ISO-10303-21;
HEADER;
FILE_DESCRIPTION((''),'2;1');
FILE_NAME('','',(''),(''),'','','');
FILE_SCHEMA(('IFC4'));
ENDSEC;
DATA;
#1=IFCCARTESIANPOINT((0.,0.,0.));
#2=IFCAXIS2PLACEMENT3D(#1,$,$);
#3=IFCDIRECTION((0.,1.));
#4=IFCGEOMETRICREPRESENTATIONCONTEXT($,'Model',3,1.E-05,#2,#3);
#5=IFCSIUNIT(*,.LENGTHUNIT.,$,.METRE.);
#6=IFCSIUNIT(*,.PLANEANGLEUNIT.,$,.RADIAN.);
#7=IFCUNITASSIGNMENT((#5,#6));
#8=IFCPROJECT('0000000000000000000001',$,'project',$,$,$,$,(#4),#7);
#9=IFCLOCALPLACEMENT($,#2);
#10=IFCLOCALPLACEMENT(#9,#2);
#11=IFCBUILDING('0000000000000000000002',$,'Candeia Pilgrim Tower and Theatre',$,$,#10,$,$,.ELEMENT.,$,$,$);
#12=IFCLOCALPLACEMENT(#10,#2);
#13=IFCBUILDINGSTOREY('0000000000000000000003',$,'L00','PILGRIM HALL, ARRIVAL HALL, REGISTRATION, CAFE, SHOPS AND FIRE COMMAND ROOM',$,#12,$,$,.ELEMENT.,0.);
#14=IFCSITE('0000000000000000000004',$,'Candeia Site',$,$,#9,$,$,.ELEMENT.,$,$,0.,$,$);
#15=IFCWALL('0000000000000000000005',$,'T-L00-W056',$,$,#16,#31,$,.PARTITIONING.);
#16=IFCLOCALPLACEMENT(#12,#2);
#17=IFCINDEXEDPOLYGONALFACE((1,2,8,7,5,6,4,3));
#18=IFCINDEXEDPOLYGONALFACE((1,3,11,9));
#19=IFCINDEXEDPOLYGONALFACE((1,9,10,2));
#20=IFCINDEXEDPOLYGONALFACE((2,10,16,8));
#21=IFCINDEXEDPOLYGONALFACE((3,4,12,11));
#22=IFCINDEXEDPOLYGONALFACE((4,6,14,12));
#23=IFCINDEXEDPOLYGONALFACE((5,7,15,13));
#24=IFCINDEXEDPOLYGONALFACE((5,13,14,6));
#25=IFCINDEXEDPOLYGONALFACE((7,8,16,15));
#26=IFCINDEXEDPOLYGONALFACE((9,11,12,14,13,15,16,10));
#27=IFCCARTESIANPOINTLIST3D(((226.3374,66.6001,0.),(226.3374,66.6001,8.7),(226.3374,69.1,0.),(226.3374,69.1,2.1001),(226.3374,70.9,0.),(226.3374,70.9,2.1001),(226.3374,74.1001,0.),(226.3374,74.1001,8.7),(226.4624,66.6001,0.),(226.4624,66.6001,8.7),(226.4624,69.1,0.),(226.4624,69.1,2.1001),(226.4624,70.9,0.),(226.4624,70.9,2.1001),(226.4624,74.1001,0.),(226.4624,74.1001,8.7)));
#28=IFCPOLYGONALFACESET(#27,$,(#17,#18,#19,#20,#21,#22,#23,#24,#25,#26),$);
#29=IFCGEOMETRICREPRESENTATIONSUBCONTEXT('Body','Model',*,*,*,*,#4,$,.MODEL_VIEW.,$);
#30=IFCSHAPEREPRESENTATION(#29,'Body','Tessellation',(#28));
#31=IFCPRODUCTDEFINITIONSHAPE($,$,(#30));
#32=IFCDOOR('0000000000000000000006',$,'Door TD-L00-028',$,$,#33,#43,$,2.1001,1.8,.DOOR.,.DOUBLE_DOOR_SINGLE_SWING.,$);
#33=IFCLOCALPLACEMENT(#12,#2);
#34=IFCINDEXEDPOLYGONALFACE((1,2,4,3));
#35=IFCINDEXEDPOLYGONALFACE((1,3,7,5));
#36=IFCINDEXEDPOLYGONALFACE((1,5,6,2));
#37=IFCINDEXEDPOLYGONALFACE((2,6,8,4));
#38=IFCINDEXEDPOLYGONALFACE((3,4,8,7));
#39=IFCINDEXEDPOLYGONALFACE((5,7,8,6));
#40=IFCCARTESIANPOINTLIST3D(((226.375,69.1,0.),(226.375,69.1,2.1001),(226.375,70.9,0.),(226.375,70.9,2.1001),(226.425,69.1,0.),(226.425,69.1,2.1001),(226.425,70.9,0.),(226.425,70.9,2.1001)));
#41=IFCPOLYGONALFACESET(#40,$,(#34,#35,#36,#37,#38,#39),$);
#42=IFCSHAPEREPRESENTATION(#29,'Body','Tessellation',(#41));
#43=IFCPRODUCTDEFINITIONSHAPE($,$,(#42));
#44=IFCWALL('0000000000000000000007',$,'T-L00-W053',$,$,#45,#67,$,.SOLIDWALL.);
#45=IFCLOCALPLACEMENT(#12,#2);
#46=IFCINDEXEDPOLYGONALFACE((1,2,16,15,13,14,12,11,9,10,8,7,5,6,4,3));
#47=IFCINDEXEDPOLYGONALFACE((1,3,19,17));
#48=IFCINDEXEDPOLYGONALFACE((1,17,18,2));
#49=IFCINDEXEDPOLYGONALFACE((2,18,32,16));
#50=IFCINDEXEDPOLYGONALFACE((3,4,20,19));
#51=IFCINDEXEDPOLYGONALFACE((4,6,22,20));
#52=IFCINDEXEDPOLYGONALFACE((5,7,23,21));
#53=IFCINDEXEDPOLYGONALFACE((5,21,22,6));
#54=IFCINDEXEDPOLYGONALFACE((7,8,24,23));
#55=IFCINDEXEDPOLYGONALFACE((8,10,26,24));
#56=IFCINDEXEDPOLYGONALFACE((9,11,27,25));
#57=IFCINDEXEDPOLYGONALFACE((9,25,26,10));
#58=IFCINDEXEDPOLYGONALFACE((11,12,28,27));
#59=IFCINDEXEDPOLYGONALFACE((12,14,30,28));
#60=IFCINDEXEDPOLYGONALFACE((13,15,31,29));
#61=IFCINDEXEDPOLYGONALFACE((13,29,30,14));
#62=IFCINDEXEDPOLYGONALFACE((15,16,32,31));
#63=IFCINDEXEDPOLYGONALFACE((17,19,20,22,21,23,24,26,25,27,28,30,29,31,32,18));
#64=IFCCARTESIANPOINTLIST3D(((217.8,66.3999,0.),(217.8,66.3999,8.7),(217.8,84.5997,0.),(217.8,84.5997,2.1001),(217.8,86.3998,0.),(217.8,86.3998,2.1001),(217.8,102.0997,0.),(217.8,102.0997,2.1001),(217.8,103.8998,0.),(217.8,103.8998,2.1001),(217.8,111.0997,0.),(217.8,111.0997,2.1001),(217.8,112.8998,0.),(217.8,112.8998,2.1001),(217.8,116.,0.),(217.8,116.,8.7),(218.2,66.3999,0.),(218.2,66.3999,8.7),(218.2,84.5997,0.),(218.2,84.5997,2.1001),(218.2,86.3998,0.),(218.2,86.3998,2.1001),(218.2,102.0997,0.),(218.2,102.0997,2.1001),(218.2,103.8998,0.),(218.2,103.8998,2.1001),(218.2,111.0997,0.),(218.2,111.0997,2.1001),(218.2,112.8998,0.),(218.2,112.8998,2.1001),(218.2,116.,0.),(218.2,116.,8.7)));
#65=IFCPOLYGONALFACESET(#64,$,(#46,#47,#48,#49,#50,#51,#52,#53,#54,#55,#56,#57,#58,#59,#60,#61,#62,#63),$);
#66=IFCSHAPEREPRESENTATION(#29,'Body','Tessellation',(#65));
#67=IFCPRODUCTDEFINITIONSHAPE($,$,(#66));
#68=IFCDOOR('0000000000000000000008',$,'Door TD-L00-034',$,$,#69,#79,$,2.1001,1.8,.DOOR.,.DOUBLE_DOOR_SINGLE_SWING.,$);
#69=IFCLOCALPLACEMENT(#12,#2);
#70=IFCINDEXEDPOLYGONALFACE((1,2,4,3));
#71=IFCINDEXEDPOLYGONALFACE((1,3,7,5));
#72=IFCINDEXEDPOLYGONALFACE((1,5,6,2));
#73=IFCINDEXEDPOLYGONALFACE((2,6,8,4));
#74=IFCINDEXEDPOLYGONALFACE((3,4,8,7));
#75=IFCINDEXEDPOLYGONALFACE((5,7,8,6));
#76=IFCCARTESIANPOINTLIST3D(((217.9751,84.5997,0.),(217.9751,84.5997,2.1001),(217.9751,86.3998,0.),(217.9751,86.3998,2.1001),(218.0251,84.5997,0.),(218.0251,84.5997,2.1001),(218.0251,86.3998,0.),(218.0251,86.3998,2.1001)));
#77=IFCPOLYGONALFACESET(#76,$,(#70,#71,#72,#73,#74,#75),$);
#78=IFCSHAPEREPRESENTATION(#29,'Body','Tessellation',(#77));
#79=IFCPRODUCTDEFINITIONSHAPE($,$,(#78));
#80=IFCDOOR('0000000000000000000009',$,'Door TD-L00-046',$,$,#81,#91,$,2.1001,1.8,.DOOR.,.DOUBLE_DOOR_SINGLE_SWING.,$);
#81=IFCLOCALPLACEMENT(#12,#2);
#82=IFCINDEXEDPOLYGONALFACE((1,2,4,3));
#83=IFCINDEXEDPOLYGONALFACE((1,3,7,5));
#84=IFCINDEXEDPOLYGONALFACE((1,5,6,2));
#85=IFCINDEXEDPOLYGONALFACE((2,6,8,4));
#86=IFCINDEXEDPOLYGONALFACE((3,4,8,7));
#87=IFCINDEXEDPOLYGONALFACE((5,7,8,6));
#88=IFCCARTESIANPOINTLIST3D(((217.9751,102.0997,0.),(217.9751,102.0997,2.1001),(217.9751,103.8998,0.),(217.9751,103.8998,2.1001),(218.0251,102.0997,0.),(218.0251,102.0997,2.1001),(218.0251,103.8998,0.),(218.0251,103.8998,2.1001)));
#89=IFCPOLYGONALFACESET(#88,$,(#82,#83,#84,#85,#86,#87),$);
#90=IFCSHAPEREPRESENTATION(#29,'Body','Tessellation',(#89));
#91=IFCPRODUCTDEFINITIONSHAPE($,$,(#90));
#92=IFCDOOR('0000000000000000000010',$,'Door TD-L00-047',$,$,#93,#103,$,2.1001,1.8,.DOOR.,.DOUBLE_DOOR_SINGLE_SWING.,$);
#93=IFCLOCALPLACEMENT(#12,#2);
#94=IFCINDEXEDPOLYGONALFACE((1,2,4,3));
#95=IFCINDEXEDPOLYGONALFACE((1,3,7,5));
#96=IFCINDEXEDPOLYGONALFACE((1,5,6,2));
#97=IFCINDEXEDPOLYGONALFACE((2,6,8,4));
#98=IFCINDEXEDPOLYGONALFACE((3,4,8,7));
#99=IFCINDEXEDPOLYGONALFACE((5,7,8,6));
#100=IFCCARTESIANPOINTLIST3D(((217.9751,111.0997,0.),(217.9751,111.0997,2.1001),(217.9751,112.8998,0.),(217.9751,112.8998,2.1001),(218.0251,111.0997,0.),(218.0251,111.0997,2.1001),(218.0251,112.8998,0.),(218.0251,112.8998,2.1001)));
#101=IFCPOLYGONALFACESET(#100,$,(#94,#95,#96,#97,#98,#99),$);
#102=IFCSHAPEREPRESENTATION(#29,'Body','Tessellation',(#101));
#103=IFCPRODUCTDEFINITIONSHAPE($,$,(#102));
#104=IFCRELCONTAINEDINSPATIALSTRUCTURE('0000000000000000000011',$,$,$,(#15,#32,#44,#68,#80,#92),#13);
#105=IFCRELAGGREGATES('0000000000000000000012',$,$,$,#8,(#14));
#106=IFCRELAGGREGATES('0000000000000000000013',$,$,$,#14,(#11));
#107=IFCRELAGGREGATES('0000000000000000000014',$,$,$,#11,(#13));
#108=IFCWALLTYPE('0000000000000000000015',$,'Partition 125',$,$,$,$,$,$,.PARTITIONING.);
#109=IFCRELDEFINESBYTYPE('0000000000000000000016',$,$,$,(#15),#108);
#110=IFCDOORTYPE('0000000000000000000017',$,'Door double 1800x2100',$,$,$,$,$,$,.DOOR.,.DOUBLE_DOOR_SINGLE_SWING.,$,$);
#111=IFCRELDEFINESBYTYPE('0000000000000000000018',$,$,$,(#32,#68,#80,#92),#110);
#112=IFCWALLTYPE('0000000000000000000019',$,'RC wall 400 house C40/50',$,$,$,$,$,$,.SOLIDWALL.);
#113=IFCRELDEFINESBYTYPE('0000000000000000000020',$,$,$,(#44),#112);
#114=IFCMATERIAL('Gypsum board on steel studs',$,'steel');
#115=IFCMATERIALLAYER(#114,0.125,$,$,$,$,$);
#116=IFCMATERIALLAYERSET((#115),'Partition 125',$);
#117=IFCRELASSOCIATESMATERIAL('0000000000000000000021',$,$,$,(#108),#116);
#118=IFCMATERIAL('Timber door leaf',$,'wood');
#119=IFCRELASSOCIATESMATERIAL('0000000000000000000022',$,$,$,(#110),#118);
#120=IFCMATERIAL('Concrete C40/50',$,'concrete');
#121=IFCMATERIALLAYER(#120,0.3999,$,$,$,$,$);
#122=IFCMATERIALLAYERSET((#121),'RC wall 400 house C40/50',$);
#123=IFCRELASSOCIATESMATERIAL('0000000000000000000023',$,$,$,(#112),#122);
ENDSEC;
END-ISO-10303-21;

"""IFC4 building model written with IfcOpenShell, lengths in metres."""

from ifc_helpers import new_model, si_unit, direction, frame, frame_2d, origin, place, context, subcontext, project, spatial, rectangle, extrude, material, layer, layer_set, type_object, element, fill, save


model = new_model("IFC4")

# Units and contexts
model_context = context("Model", 3, precision=1e-05, world=origin(), true_north=direction((0.0, 1.0)))
body_context = subcontext(model_context, "Body", "Model", "MODEL_VIEW")
ifc_project = project(units=[si_unit("LENGTHUNIT", "METRE"), si_unit("PLANEANGLEUNIT", "RADIAN")], contexts=[model_context])

# Site, building, storey
site_placement = place(None, origin())
site = spatial("IfcSite", under=ifc_project, at=site_placement, Name="Candeia Site", CompositionType="ELEMENT", RefElevation=0.0)
building_placement = place(site_placement, origin())
building = spatial("IfcBuilding", under=site, at=building_placement, Name="Candeia Pilgrim Tower and Theatre", CompositionType="ELEMENT")
storey_placement = place(building_placement, origin())
storey = spatial("IfcBuildingStorey", under=building, at=storey_placement, Name="L00", Description="PILGRIM HALL, ARRIVAL HALL, REGISTRATION, CAFE, SHOPS AND FIRE COMMAND ROOM", CompositionType="ELEMENT", Elevation=0.0)

# Shared definitions
ifc_material_1 = material(Name="Concrete C40/50", Category="concrete")

# Shared definitions
ifc_material_2 = material(Name="Gypsum board on steel studs", Category="steel")
ifc_layer_1 = layer(ifc_material_2, 0.125)
ifc_layer_set_1 = layer_set([ifc_layer_1], Name="Partition 125")
wall_type_1 = type_object("IfcWallType", Name="Partition 125", PredefinedType="PARTITIONING", material=ifc_layer_set_1)

# Wall, opening, door
wall_1_placement = place(storey_placement, frame((226.3999, 66.6001, 0.0), z_axis=(0.0, 0.0, 1.0), x_axis=(0.0, 1.0, 0.0)))
wall_1 = element("IfcWall", 1, at=wall_1_placement, inside=storey, type_object=wall_type_1, Name="T-L00-W056", PredefinedType="PARTITIONING", context=body_context, shape_type="SweptSolid", body=[
    extrude(rectangle(XDim=7.5, YDim=0.125, at=frame_2d((3.75, 0.0))), origin(), (0.0, 0.0, 1.0), 8.7),
])
opening_1_placement = place(wall_1_placement, frame((2.5, 0.0, 0.0)))
opening_1 = element("IfcOpeningElement", 2, at=opening_1_placement, cuts=wall_1, PredefinedType="OPENING", context=body_context, shape_type="SweptSolid", body=[
    extrude(rectangle(XDim=1.8, YDim=2.1001, at=frame_2d((0.8999, 1.05))), frame((0.0, 0.0725, 0.0), z_axis=(0.0, -1.0, 0.0), x_axis=(1.0, 0.0, 0.0)), (0.0, 0.0, 1.0), 0.145),
])
ifc_material_3 = material(Name="Timber door leaf", Category="wood")
door_type_1 = type_object("IfcDoorType", Name="Door double 1800x2100", OperationType="DOUBLE_DOOR_SINGLE_SWING", PredefinedType="DOOR", material=ifc_material_3)
door_1_placement = place(opening_1_placement, origin())
door_1 = element("IfcDoor", 3, at=door_1_placement, inside=storey, type_object=door_type_1, Name="Door TD-L00-028", OperationType="DOUBLE_DOOR_SINGLE_SWING", OverallHeight=2.1001, OverallWidth=1.8, PredefinedType="DOOR", context=body_context, shape_type="SweptSolid", body=[
    extrude(rectangle(XDim=1.8, YDim=2.1001, at=frame_2d((0.8999, 1.05))), frame((0.0, 0.0249, 0.0), z_axis=(0.0, -1.0, 0.0), x_axis=(1.0, 0.0, 0.0)), (0.0, 0.0, 1.0), 0.05),
])
fill(opening_1, door_1)

# Wall, openings, doors
ifc_layer_2 = layer(ifc_material_1, 0.3999)
ifc_layer_set_2 = layer_set([ifc_layer_2], Name="RC wall 400 house C40/50")
wall_type_2 = type_object("IfcWallType", Name="RC wall 400 house C40/50", PredefinedType="SOLIDWALL", material=ifc_layer_set_2)
wall_2_placement = place(storey_placement, frame((218.0, 66.3999, 0.0), z_axis=(0.0, 0.0, 1.0), x_axis=(0.0, 1.0, 0.0)))
wall_2 = element("IfcWall", 4, at=wall_2_placement, inside=storey, type_object=wall_type_2, Name="T-L00-W053", PredefinedType="SOLIDWALL", context=body_context, shape_type="SweptSolid", body=[
    extrude(rectangle(XDim=49.6001, YDim=0.3999, at=frame_2d((24.8, 0.0))), origin(), (0.0, 0.0, 1.0), 8.7),
])
opening_2_placement = place(wall_2_placement, frame((18.2, 0.0, 0.0)))
opening_2 = element("IfcOpeningElement", 5, at=opening_2_placement, cuts=wall_2, PredefinedType="OPENING", context=body_context, shape_type="SweptSolid", body=[
    extrude(rectangle(XDim=1.8, YDim=2.1001, at=frame_2d((0.8999, 1.05))), frame((0.0, 0.21, 0.0), z_axis=(0.0, -1.0, 0.0), x_axis=(1.0, 0.0, 0.0)), (0.0, 0.0, 1.0), 0.4199),
])
opening_3_placement = place(wall_2_placement, frame((35.7, 0.0, 0.0)))
opening_3 = element("IfcOpeningElement", 6, at=opening_3_placement, cuts=wall_2, PredefinedType="OPENING", context=body_context, shape_type="SweptSolid", body=[
    extrude(rectangle(XDim=1.8, YDim=2.1001, at=frame_2d((0.8999, 1.05))), frame((0.0, 0.21, 0.0), z_axis=(0.0, -1.0, 0.0), x_axis=(1.0, 0.0, 0.0)), (0.0, 0.0, 1.0), 0.4199),
])
opening_4_placement = place(wall_2_placement, frame((44.7, 0.0, 0.0)))
opening_4 = element("IfcOpeningElement", 7, at=opening_4_placement, cuts=wall_2, PredefinedType="OPENING", context=body_context, shape_type="SweptSolid", body=[
    extrude(rectangle(XDim=1.8, YDim=2.1001, at=frame_2d((0.8999, 1.05))), frame((0.0, 0.21, 0.0), z_axis=(0.0, -1.0, 0.0), x_axis=(1.0, 0.0, 0.0)), (0.0, 0.0, 1.0), 0.4199),
])
door_2_placement = place(opening_2_placement, origin())
door_2 = element("IfcDoor", 8, at=door_2_placement, inside=storey, type_object=door_type_1, Name="Door TD-L00-034", OperationType="DOUBLE_DOOR_SINGLE_SWING", OverallHeight=2.1001, OverallWidth=1.8, PredefinedType="DOOR", context=body_context, shape_type="SweptSolid", body=[
    extrude(rectangle(XDim=1.8, YDim=2.1001, at=frame_2d((0.8999, 1.05))), frame((0.0, 0.0249, 0.0), z_axis=(0.0, -1.0, 0.0), x_axis=(1.0, 0.0, 0.0)), (0.0, 0.0, 1.0), 0.05),
])
fill(opening_2, door_2)
door_3_placement = place(opening_3_placement, origin())
door_3 = element("IfcDoor", 9, at=door_3_placement, inside=storey, type_object=door_type_1, Name="Door TD-L00-046", OperationType="DOUBLE_DOOR_SINGLE_SWING", OverallHeight=2.1001, OverallWidth=1.8, PredefinedType="DOOR", context=body_context, shape_type="SweptSolid", body=[
    extrude(rectangle(XDim=1.8, YDim=2.1001, at=frame_2d((0.8999, 1.05))), frame((0.0, 0.0249, 0.0), z_axis=(0.0, -1.0, 0.0), x_axis=(1.0, 0.0, 0.0)), (0.0, 0.0, 1.0), 0.05),
])
fill(opening_3, door_3)
door_4_placement = place(opening_4_placement, origin())
door_4 = element("IfcDoor", 10, at=door_4_placement, inside=storey, type_object=door_type_1, Name="Door TD-L00-047", OperationType="DOUBLE_DOOR_SINGLE_SWING", OverallHeight=2.1001, OverallWidth=1.8, PredefinedType="DOOR", context=body_context, shape_type="SweptSolid", body=[
    extrude(rectangle(XDim=1.8, YDim=2.1001, at=frame_2d((0.8999, 1.05))), frame((0.0, 0.0249, 0.0), z_axis=(0.0, -1.0, 0.0), x_axis=(1.0, 0.0, 0.0)), (0.0, 0.0, 1.0), 0.05),
])
fill(opening_4, door_4)

save(model, "model.ifc")
